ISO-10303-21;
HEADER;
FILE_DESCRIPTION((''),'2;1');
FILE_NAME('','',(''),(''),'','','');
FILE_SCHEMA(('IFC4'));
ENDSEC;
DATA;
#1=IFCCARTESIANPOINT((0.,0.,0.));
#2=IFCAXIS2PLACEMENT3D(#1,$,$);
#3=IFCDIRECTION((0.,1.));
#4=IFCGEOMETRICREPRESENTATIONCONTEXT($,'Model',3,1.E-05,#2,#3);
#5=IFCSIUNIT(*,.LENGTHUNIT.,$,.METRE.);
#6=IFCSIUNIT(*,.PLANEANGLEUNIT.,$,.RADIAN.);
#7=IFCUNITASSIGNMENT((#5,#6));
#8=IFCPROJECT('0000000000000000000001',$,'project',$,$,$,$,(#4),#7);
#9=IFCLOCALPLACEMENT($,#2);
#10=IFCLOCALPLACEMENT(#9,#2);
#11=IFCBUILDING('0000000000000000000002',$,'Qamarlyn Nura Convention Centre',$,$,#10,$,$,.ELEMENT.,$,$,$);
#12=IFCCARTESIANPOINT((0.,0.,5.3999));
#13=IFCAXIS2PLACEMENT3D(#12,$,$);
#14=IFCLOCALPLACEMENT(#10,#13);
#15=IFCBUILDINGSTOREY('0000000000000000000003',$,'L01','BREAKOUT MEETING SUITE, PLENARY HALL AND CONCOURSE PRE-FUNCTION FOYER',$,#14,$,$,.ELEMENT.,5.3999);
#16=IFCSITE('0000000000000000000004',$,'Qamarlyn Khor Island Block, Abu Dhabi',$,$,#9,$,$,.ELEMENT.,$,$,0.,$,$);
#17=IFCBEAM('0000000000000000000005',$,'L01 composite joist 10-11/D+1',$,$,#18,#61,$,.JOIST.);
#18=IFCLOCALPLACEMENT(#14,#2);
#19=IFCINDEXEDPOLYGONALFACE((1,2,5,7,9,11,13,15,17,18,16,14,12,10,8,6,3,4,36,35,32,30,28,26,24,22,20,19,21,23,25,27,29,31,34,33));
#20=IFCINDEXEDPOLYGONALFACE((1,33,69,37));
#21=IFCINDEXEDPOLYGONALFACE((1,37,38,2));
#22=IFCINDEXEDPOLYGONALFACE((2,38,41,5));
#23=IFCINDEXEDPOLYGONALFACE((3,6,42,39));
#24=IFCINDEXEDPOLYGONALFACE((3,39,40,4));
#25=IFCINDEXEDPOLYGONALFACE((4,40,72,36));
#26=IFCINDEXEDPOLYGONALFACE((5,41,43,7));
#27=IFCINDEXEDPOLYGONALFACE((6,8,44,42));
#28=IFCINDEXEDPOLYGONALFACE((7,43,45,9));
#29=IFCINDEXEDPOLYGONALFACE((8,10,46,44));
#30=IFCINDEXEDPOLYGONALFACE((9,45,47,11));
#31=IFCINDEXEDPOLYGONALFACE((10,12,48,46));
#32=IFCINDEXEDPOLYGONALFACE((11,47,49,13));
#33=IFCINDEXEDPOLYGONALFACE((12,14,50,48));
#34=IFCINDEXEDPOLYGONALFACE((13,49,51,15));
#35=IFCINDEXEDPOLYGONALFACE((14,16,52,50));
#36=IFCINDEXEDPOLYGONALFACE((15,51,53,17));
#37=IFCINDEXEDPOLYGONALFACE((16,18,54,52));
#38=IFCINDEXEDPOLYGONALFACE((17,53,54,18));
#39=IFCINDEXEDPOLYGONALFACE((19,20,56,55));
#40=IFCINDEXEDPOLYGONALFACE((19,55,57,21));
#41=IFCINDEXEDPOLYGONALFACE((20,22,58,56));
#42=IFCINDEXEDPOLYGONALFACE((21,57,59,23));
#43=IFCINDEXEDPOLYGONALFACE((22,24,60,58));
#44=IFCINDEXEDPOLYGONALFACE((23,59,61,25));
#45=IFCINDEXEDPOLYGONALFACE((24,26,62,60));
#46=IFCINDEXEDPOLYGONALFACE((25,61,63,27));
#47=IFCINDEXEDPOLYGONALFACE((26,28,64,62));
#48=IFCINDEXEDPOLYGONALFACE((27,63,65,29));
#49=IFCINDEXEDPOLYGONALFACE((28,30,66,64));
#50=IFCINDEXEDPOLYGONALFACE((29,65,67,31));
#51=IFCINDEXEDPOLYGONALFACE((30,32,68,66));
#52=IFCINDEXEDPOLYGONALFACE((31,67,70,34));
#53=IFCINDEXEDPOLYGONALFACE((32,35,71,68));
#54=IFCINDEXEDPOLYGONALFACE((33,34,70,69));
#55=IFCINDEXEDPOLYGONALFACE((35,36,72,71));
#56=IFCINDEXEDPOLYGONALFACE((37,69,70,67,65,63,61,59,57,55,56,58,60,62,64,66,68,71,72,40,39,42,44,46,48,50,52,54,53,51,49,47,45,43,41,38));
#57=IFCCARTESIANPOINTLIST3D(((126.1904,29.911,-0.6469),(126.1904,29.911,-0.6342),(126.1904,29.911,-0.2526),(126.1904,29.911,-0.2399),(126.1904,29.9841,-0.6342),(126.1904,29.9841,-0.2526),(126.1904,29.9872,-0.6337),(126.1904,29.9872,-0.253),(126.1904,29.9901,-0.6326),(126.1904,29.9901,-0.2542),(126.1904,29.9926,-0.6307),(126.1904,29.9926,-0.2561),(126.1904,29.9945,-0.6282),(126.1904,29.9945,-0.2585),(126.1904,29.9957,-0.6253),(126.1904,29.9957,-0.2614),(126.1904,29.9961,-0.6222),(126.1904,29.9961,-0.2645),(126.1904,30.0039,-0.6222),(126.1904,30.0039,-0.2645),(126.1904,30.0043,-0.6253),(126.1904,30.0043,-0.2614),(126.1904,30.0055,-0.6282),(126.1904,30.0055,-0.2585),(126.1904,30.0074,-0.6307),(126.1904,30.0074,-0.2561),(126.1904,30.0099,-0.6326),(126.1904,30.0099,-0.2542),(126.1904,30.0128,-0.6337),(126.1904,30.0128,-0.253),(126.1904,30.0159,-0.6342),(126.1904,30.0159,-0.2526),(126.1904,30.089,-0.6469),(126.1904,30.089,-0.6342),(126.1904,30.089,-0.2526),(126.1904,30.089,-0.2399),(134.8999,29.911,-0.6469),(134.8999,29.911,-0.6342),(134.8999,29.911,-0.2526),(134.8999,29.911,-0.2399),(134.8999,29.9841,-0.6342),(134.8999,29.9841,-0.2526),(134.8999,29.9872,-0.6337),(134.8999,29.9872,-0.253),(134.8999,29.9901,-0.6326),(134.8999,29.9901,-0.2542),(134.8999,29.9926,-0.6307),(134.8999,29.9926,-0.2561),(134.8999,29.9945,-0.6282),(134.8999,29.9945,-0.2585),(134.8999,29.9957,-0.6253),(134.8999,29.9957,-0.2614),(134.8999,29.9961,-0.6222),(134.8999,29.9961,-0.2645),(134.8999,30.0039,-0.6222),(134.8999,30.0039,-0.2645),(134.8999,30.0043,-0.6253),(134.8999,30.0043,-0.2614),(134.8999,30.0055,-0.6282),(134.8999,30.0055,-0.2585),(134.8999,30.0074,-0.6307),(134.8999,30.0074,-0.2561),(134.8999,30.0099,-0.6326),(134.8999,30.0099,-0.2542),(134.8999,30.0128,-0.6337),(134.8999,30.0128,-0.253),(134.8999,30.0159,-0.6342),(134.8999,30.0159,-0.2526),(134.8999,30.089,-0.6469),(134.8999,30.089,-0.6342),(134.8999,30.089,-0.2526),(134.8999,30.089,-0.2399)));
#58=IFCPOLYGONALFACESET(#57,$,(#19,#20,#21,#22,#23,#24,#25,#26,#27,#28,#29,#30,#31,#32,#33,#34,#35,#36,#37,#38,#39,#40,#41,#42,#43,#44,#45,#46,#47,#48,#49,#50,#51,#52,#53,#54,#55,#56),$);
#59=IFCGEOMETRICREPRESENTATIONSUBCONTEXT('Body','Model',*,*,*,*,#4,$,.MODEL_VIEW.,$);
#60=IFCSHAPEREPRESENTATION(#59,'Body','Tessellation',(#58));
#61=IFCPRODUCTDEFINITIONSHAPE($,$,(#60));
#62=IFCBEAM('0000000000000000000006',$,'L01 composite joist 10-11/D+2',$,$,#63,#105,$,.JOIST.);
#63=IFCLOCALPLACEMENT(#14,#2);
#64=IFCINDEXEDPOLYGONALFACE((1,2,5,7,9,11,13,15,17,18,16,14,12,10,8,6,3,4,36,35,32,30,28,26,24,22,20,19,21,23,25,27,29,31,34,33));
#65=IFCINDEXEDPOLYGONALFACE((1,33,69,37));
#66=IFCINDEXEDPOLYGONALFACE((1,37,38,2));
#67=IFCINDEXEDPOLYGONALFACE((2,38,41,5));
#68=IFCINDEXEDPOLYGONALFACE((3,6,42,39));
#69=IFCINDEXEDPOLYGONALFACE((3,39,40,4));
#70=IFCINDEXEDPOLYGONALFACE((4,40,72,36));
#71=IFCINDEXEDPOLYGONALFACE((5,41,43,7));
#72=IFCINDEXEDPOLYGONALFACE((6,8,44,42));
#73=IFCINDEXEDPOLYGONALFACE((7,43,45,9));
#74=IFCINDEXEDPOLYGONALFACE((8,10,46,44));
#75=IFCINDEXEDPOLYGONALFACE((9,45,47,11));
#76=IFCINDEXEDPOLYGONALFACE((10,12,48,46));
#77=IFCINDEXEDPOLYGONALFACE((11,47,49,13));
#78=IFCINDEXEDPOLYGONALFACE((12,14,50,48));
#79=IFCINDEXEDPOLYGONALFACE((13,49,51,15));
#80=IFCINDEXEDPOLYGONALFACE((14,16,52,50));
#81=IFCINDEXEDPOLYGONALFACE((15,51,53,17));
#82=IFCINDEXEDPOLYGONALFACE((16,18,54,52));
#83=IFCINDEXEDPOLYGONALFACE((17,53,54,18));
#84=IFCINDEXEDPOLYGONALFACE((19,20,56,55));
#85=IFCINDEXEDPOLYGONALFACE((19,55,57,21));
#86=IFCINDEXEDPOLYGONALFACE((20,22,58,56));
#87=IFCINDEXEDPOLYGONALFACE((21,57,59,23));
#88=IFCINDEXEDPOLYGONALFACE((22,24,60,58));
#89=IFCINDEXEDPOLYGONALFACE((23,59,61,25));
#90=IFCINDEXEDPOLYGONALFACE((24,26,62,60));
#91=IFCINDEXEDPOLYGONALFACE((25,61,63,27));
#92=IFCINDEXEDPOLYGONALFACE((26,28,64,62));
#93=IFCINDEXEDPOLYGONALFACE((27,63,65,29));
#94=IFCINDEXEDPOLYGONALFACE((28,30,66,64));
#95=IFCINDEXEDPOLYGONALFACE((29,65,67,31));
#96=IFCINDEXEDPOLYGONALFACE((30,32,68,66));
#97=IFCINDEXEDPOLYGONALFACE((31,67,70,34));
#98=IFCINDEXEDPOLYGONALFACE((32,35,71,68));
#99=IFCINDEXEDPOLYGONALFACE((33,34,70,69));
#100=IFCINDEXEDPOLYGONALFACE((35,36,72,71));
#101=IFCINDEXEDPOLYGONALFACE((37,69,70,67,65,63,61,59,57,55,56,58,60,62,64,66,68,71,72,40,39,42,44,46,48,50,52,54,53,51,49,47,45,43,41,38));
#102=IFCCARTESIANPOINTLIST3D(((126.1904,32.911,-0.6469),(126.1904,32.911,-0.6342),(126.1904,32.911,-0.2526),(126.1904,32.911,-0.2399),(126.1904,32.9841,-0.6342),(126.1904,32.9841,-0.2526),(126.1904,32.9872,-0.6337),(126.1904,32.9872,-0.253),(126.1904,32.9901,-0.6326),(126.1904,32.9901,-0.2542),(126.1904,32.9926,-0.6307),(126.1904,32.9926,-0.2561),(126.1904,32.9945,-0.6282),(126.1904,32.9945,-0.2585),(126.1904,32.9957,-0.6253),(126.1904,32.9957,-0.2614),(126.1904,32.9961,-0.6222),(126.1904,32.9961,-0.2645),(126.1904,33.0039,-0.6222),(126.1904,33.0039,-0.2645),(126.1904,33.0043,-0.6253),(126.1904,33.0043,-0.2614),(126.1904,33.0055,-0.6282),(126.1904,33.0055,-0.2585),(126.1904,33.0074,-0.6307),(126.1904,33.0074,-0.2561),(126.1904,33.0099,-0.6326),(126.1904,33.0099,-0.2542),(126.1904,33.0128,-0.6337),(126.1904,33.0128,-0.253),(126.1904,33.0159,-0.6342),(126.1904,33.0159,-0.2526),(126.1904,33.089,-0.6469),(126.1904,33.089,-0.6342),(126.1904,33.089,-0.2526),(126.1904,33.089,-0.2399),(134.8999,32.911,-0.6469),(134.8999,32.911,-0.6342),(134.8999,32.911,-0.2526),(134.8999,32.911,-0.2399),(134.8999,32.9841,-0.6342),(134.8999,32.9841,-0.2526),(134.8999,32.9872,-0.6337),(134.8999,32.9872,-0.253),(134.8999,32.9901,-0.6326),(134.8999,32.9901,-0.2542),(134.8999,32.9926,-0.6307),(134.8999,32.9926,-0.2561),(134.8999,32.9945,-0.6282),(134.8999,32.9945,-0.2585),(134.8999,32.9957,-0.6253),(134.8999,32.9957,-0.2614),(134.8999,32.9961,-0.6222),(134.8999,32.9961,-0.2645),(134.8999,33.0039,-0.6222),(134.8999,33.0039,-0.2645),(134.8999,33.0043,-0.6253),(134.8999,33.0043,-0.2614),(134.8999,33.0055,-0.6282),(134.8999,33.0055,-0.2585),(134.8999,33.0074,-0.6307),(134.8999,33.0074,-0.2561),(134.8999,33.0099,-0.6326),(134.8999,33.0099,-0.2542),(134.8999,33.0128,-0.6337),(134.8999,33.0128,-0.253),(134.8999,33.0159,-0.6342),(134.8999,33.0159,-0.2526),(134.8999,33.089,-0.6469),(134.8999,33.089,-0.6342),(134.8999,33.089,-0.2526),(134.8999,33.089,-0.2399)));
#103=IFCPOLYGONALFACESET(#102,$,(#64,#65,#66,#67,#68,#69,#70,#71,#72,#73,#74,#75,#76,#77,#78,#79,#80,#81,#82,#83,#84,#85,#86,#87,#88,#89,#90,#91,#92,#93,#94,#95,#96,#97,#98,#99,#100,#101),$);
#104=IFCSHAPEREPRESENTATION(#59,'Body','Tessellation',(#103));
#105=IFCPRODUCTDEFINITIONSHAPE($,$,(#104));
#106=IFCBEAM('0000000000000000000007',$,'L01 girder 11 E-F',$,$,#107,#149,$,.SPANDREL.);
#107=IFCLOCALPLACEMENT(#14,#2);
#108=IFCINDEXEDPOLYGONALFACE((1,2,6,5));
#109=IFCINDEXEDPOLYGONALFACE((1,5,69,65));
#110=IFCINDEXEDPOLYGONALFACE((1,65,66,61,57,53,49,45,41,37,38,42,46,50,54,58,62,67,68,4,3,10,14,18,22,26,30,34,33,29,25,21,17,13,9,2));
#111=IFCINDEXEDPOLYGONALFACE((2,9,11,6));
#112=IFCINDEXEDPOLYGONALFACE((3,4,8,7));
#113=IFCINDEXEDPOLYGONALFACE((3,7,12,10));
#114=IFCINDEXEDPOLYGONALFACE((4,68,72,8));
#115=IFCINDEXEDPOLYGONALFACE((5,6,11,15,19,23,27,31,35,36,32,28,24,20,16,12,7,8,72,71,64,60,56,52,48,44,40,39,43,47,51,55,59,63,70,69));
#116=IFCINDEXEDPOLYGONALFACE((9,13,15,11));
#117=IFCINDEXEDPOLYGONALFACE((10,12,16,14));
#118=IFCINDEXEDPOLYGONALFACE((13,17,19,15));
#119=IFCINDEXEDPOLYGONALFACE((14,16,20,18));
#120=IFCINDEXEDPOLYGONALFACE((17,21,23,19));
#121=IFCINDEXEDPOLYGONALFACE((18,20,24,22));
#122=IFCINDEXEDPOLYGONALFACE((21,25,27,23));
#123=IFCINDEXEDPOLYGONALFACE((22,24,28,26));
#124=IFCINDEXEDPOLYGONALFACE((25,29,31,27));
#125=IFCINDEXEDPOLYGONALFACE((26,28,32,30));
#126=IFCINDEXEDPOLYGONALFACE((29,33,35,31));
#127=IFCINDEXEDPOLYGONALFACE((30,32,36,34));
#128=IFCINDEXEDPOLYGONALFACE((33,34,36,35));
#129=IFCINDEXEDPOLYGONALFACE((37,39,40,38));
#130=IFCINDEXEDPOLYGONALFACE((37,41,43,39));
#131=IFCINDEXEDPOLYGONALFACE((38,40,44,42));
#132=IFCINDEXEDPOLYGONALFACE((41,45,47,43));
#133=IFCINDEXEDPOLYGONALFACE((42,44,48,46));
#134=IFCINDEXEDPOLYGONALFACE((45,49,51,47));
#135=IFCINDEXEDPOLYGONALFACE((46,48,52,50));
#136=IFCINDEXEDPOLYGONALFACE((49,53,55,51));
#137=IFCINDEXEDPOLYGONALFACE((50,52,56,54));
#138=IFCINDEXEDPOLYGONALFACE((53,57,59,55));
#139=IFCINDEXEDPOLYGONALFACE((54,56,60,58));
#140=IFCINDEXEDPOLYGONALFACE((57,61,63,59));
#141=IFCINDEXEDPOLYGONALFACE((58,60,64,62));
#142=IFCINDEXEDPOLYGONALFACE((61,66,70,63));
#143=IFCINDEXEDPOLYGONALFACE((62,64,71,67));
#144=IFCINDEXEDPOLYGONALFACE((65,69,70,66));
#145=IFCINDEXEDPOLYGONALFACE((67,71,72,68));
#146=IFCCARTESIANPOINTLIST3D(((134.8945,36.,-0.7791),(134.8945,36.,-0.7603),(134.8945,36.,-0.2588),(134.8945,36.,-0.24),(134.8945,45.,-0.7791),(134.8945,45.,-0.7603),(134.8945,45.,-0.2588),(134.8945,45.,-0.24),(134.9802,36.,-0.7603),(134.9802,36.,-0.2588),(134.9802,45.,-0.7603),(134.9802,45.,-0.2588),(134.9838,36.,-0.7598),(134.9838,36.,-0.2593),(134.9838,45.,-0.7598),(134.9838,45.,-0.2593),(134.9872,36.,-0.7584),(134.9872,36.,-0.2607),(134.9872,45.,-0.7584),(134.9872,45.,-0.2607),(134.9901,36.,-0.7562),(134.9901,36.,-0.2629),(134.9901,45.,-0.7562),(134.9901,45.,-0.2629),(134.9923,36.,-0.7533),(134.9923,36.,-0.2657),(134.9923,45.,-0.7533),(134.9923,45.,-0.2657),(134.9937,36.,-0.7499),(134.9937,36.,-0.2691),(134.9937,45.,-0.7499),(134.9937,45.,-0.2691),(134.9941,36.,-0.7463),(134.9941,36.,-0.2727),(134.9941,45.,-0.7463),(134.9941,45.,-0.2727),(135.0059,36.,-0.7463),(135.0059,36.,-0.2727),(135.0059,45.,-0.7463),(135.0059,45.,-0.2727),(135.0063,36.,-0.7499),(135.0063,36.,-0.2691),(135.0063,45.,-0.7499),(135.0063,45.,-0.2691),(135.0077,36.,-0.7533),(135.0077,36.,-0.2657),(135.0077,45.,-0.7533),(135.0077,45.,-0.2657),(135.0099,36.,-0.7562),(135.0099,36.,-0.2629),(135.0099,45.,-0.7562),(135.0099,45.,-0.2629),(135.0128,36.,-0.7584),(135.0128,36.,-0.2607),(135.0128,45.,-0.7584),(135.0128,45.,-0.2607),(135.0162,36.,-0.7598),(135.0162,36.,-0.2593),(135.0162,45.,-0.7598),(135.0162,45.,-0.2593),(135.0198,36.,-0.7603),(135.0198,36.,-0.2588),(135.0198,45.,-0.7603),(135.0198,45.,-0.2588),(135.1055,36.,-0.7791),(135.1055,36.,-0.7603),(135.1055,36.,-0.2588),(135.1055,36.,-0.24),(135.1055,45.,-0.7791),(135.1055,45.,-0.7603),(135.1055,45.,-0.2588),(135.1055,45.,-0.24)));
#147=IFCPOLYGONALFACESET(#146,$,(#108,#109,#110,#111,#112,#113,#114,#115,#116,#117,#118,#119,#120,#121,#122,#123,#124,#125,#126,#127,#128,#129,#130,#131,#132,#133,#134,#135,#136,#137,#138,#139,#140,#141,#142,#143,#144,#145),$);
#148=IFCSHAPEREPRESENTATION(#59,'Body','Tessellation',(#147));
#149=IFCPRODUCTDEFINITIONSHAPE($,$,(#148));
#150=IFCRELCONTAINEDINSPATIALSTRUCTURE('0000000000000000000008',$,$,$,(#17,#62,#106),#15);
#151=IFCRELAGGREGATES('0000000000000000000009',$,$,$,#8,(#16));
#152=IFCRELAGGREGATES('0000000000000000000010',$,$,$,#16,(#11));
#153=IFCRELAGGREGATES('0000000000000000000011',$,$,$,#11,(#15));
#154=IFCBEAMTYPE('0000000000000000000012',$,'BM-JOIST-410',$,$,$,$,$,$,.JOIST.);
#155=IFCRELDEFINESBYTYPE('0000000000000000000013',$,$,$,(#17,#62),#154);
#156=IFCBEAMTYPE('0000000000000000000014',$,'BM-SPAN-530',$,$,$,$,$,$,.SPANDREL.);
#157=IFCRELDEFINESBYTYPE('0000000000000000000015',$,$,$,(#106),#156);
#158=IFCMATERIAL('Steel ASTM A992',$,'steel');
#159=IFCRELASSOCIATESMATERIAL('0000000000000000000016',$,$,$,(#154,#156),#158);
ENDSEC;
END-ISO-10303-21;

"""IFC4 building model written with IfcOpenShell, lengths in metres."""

from ifc_helpers import new_model, si_unit, direction, frame, origin, origin_2d, place, context, subcontext, project, spatial, i_section, extrude, material, material_profile, profile_set, type_object, element, save


model = new_model("IFC4")

# Units and contexts
model_context = context("Model", 3, precision=1e-05, world=origin(), true_north=direction((0.0, 1.0)))
body_context = subcontext(model_context, "Body", "Model", "MODEL_VIEW")
ifc_project = project(units=[si_unit("LENGTHUNIT", "METRE"), si_unit("PLANEANGLEUNIT", "RADIAN")], contexts=[model_context])

# Site, building, storey
site_placement = place(None, origin())
site = spatial("IfcSite", under=ifc_project, at=site_placement, Name="Qamarlyn Khor Island Block, Abu Dhabi", CompositionType="ELEMENT", RefElevation=0.0)
building_placement = place(site_placement, origin())
building = spatial("IfcBuilding", under=site, at=building_placement, Name="Qamarlyn Nura Convention Centre", CompositionType="ELEMENT")
storey_placement = place(building_placement, frame((0.0, 0.0, 5.3999)))
storey = spatial("IfcBuildingStorey", under=building, at=storey_placement, Name="L01", Description="BREAKOUT MEETING SUITE, PLENARY HALL AND CONCOURSE PRE-FUNCTION FOYER", CompositionType="ELEMENT", Elevation=5.3999)

# Shared definitions
ifc_material_1 = material(Name="Steel ASTM A992", Category="steel")

# Beams
ifc_material_profile_1 = material_profile(ifc_material_1, i_section(OverallWidth=0.178, OverallDepth=0.407, WebThickness=0.0078, FlangeThickness=0.0127, FilletRadius=0.012, at=origin_2d()), Name="W410X60")
ifc_profile_set_1 = profile_set([ifc_material_profile_1], Name="Steel ASTM A992")
beam_type_1 = type_object("IfcBeamType", Name="BM-JOIST-410", PredefinedType="JOIST", material=ifc_profile_set_1)
for number, where, z_axis, x_axis, name in (
    (1, (126.1904, 30.0, -0.4434), (1.0, 0.0, 0.0), (0.0, 1.0, 0.0), "L01 composite joist 10-11/D+1"),
    (2, (126.1904, 33.0, -0.4434), (1.0, 0.0, 0.0), (0.0, 1.0, 0.0), "L01 composite joist 10-11/D+2"),
):
    element("IfcBeam", number, at=place(storey_placement, frame(where, z_axis=z_axis, x_axis=x_axis)), inside=storey, type_object=beam_type_1, Name=name, PredefinedType="JOIST", context=body_context, shape_type="SweptSolid", body=[
        extrude(i_section(OverallWidth=0.178, OverallDepth=0.407, WebThickness=0.0078, FlangeThickness=0.0127, FilletRadius=0.012, at=origin_2d()), origin(), (0.0, 0.0, 1.0), 8.7095),
    ])
ifc_material_profile_2 = material_profile(ifc_material_1, i_section(OverallWidth=0.2109, OverallDepth=0.5391, WebThickness=0.0117, FlangeThickness=0.0188, FilletRadius=0.0139, at=origin_2d()), Name="W530X109")
ifc_profile_set_2 = profile_set([ifc_material_profile_2], Name="Steel ASTM A992")
beam_type_2 = type_object("IfcBeamType", Name="BM-SPAN-530", PredefinedType="SPANDREL", material=ifc_profile_set_2)
beam_1_placement = place(storey_placement, frame((135.0, 36.0, -0.5095), z_axis=(0.0, 1.0, 0.0), x_axis=(-1.0, 0.0, 0.0)))
element("IfcBeam", 3, at=beam_1_placement, inside=storey, type_object=beam_type_2, Name="L01 girder 11 E-F", PredefinedType="SPANDREL", context=body_context, shape_type="SweptSolid", body=[
    extrude(i_section(OverallWidth=0.2109, OverallDepth=0.5391, WebThickness=0.0117, FlangeThickness=0.0188, FilletRadius=0.0139, at=origin_2d()), origin(), (0.0, 0.0, 1.0), 9.0),
])

save(model, "model.ifc")
